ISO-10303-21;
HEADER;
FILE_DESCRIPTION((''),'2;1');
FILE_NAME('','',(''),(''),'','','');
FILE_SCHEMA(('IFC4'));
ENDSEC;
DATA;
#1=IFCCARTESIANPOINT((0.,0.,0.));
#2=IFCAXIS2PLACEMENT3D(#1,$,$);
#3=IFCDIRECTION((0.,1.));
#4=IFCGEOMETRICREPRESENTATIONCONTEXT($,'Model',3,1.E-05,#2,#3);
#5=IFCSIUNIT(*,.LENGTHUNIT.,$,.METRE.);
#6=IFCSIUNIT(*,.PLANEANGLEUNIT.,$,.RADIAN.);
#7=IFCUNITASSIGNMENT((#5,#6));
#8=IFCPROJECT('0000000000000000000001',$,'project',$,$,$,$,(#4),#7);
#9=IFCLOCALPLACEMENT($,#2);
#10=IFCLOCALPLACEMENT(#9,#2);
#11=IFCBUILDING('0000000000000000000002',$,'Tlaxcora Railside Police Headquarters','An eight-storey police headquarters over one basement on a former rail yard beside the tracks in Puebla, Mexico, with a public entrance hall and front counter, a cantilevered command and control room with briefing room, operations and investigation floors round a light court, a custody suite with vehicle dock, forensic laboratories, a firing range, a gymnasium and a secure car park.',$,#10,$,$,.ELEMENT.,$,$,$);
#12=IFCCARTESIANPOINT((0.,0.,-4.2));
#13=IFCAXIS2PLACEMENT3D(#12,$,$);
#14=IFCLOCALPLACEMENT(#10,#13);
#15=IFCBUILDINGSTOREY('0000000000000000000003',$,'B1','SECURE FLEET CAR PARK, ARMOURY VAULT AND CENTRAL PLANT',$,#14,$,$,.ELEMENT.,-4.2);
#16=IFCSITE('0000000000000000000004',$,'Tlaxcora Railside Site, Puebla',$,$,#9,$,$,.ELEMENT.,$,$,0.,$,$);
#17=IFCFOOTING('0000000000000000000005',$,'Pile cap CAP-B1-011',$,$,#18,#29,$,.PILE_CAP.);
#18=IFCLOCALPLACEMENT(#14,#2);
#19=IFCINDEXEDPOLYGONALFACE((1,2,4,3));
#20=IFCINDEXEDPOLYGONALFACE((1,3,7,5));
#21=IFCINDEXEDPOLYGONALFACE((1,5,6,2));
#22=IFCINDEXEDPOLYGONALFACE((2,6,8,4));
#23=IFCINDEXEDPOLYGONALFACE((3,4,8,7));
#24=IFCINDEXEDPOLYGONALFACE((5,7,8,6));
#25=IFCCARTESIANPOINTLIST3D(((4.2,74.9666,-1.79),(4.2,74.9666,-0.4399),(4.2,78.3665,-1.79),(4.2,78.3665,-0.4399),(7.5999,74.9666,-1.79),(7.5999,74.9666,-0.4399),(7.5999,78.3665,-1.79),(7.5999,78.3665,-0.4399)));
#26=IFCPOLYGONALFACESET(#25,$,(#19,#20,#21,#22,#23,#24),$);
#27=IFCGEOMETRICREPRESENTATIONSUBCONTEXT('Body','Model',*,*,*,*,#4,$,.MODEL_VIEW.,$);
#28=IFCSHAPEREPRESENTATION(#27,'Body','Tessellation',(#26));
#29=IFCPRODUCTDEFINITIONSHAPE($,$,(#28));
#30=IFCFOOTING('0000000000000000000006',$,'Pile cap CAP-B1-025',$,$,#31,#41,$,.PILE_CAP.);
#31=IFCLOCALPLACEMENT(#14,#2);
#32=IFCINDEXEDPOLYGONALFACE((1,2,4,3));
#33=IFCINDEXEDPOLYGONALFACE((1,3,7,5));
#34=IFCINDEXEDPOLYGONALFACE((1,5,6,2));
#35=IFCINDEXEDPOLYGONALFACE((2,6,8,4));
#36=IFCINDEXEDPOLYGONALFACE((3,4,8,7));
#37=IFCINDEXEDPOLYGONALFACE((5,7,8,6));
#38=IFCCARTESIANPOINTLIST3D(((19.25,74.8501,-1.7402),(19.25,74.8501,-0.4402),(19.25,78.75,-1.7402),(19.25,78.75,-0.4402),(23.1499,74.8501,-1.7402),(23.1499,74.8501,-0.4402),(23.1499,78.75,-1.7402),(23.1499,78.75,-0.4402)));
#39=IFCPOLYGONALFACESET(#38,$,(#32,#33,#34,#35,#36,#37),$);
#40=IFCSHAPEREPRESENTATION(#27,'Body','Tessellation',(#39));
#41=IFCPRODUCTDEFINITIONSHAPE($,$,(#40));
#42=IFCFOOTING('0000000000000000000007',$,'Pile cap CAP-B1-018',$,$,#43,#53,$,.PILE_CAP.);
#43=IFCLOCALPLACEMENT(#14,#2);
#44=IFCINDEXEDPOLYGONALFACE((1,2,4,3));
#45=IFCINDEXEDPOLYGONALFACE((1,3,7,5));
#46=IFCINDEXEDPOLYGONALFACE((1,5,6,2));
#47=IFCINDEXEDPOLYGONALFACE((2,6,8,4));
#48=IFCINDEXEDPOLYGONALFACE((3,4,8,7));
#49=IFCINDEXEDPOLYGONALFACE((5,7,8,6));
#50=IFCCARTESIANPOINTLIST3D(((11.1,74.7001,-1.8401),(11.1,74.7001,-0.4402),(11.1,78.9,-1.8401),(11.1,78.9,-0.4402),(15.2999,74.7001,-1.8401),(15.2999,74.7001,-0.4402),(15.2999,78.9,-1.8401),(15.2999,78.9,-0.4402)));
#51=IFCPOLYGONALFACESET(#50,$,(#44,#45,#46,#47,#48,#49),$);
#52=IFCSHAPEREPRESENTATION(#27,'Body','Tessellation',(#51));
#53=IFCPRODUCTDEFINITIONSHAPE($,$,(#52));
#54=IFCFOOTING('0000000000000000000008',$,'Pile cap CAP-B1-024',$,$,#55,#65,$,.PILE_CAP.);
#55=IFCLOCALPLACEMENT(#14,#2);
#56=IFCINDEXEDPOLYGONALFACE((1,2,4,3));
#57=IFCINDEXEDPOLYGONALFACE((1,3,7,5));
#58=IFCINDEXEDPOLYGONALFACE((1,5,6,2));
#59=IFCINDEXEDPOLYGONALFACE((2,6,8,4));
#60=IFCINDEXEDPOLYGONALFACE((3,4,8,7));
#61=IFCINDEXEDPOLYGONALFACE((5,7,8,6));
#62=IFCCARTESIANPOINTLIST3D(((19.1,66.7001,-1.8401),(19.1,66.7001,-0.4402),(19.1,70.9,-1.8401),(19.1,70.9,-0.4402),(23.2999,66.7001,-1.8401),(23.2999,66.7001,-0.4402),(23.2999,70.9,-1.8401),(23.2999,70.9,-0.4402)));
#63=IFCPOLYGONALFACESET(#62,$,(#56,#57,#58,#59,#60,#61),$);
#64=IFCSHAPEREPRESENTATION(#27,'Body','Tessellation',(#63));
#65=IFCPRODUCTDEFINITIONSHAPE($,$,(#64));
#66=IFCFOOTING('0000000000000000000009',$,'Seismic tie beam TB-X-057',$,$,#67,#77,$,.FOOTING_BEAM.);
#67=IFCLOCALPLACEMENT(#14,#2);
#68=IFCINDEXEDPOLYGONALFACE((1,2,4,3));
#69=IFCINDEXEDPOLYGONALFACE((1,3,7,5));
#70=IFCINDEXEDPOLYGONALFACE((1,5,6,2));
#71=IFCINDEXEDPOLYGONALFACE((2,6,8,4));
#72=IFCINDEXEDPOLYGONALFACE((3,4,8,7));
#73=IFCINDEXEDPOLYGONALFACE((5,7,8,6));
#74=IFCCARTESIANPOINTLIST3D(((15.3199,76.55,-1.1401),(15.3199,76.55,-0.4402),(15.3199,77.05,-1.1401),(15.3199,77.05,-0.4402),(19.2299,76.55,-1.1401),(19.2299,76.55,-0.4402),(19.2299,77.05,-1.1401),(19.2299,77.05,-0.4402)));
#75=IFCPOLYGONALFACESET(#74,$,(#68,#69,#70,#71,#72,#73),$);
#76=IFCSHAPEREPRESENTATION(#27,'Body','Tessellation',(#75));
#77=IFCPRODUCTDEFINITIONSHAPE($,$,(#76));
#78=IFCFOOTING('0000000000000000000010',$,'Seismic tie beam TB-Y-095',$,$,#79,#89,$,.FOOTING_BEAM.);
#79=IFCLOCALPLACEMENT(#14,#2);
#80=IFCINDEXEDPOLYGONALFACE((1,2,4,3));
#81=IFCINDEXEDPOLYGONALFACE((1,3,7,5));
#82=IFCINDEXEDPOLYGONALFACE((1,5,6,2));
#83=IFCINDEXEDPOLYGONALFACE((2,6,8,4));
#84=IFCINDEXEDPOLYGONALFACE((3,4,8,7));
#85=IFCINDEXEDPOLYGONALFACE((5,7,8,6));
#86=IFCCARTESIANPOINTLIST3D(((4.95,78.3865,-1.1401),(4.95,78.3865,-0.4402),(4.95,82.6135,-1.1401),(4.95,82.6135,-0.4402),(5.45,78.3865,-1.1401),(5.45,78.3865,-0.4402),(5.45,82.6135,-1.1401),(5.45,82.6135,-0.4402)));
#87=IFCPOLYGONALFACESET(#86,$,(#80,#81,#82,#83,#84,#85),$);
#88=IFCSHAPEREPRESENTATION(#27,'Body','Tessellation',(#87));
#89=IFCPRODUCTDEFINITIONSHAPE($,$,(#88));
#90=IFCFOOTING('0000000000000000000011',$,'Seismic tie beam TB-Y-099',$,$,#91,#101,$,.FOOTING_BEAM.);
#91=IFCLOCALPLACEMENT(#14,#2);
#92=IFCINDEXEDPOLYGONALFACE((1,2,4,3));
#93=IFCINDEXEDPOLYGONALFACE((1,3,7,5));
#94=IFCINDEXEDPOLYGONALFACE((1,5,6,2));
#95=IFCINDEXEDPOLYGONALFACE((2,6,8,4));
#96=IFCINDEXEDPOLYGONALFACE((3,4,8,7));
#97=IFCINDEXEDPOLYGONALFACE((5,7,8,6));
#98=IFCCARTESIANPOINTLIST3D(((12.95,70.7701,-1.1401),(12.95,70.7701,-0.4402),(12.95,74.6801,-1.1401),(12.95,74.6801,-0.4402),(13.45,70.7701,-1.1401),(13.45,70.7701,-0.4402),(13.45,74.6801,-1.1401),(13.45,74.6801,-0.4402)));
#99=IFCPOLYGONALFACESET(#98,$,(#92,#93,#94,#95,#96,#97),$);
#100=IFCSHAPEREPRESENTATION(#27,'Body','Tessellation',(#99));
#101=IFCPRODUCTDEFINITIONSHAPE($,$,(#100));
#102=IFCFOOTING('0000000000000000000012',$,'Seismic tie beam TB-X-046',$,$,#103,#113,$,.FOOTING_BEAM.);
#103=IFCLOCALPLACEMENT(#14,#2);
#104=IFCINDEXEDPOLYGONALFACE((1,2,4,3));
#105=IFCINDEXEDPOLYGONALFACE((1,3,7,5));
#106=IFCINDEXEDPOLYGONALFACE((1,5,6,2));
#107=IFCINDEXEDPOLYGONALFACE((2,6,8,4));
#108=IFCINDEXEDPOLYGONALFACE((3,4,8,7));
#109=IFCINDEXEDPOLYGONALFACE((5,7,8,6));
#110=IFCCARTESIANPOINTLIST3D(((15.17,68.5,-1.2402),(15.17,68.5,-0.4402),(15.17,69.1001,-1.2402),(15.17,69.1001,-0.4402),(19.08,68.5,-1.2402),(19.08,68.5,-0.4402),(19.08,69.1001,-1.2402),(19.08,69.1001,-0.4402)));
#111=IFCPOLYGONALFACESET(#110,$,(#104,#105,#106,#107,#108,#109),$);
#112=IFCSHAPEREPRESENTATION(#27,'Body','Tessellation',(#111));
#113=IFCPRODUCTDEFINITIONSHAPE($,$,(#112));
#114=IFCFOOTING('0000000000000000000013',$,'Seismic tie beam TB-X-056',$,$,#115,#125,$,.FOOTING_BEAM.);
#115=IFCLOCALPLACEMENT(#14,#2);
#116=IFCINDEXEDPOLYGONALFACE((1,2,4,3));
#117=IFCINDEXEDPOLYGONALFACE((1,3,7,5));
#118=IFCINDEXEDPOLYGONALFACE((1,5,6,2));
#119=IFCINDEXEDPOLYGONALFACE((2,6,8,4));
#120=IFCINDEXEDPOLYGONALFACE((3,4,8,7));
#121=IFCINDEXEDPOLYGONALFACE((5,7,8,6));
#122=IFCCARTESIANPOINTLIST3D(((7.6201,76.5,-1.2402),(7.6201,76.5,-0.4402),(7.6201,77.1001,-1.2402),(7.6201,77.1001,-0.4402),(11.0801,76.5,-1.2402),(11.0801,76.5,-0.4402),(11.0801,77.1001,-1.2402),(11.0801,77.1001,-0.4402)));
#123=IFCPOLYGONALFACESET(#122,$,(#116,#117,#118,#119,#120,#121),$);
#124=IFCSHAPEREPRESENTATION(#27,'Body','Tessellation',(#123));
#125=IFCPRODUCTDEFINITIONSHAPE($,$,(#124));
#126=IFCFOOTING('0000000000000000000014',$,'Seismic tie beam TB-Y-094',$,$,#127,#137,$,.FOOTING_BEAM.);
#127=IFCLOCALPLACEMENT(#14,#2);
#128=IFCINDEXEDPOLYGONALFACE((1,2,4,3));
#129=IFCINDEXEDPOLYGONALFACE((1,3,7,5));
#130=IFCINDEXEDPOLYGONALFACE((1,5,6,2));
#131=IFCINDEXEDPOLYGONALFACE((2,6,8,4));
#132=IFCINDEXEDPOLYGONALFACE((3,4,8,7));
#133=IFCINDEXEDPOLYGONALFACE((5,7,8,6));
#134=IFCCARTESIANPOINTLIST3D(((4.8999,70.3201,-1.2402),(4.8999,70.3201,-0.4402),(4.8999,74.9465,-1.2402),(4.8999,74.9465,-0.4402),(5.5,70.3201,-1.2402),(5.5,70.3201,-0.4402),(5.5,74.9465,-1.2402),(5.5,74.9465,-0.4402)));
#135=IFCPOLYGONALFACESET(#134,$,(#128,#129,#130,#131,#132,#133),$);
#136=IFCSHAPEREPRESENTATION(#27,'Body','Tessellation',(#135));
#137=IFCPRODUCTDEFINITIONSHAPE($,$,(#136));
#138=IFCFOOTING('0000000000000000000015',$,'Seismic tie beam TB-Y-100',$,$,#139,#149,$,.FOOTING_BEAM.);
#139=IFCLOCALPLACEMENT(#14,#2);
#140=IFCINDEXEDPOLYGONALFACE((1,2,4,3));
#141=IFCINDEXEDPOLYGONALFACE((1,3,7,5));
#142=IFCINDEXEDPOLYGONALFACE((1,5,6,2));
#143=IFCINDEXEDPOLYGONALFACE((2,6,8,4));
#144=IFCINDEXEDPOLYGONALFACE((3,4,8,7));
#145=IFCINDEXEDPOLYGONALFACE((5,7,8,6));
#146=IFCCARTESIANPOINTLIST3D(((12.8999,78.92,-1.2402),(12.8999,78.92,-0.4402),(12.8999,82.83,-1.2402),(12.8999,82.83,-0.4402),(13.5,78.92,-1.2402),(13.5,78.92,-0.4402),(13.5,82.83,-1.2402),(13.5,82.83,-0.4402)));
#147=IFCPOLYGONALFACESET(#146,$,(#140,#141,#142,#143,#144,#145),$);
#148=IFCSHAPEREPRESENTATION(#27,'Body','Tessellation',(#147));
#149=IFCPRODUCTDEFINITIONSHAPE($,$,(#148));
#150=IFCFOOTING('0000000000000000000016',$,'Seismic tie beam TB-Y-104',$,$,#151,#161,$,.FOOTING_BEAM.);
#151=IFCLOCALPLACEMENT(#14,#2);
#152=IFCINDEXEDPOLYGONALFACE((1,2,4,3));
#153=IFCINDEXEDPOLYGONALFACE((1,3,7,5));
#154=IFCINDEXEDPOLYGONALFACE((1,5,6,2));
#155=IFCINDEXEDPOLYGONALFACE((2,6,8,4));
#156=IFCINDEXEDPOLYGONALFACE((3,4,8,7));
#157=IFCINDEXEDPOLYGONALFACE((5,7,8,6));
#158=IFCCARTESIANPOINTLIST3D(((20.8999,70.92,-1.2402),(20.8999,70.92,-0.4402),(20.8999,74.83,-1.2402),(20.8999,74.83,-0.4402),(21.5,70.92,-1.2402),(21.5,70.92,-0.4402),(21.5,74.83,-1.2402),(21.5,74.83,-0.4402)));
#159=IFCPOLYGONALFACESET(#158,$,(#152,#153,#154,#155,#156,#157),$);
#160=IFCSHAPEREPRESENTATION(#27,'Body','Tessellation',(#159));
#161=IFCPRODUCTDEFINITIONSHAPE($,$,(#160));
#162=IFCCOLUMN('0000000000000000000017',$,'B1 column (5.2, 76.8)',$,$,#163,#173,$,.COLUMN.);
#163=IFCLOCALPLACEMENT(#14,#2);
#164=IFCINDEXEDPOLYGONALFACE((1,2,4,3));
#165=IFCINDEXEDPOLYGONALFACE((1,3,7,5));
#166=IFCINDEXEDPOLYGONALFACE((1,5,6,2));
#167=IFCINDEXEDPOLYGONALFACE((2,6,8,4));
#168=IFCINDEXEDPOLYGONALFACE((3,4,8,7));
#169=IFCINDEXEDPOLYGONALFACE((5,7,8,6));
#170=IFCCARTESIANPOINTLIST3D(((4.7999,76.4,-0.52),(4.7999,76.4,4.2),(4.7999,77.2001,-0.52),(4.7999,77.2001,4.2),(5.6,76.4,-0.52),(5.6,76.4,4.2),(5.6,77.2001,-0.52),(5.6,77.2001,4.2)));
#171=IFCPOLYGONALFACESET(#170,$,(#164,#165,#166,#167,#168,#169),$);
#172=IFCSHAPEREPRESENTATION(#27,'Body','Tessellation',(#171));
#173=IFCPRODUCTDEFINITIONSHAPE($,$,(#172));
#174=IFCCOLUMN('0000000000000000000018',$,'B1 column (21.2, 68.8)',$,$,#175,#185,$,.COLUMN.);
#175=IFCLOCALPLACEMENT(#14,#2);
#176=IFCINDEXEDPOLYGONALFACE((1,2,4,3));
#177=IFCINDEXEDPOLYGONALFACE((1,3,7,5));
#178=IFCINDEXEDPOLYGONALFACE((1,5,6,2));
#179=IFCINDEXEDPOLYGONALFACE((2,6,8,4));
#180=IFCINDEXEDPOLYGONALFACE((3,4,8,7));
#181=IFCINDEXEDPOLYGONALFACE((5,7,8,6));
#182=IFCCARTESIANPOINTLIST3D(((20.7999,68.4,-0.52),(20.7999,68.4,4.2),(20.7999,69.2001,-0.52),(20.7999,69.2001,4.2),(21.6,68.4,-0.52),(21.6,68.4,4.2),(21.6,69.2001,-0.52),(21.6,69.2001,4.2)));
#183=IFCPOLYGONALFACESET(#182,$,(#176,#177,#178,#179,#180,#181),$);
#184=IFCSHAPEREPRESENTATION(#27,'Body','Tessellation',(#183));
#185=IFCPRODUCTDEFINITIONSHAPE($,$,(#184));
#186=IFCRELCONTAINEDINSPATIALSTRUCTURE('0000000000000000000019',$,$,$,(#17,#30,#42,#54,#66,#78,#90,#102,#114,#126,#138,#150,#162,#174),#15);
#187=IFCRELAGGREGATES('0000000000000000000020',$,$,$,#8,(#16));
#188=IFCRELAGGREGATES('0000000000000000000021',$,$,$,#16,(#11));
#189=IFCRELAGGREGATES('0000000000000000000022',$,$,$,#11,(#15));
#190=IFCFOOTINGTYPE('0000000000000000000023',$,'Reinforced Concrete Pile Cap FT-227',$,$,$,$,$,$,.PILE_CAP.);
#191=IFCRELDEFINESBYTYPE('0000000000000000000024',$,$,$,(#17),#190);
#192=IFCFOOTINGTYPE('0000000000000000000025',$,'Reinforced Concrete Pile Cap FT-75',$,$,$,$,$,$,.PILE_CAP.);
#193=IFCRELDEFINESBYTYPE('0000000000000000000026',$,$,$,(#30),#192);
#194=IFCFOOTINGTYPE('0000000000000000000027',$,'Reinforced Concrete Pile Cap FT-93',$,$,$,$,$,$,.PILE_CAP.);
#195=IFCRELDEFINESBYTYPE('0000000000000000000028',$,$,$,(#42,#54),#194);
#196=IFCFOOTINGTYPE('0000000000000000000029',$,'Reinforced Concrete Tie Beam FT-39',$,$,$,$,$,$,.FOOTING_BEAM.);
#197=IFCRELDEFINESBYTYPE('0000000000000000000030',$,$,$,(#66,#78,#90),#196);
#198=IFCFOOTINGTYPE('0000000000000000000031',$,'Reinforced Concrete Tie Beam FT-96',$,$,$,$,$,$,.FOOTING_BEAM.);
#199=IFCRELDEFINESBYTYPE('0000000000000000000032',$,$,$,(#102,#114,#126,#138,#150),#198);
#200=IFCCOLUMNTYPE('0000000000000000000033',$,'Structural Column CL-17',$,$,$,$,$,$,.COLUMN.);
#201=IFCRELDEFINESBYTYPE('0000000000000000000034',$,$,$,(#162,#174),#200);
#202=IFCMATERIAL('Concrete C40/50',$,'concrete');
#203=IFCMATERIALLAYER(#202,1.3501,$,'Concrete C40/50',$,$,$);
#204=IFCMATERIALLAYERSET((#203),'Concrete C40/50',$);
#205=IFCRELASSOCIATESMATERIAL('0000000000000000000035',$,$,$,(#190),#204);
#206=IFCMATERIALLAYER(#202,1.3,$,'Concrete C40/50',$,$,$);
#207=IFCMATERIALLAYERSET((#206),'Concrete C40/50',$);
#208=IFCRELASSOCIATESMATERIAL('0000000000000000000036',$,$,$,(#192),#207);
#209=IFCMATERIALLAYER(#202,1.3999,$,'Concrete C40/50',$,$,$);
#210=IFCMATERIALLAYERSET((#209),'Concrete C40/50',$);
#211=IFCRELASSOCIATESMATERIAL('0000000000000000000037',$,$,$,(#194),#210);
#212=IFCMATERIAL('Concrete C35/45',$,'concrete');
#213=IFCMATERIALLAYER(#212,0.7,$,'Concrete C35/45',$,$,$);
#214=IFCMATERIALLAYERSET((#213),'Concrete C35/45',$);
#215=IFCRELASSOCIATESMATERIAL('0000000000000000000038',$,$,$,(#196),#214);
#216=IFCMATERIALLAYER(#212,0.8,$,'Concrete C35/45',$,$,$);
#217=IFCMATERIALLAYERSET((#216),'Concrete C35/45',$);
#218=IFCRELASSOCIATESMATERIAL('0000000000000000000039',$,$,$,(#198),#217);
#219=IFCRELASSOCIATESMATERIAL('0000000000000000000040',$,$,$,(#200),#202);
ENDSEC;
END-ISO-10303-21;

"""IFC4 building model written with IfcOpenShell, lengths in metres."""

from ifc_helpers import new_model, si_unit, direction, frame, origin, origin_2d, place, context, subcontext, project, spatial, rectangle, extrude, material, layer, layer_set, material_profile, profile_set, type_object, element, save


model = new_model("IFC4")

# Units and contexts
model_context = context("Model", 3, precision=1e-05, world=origin(), true_north=direction((0.0, 1.0)))
body_context = subcontext(model_context, "Body", "Model", "MODEL_VIEW")
ifc_project = project(units=[si_unit("LENGTHUNIT", "METRE"), si_unit("PLANEANGLEUNIT", "RADIAN")], contexts=[model_context])

# Site, building, storey
site_placement = place(None, origin())
site = spatial("IfcSite", under=ifc_project, at=site_placement, Name="Tlaxcora Railside Site, Puebla", CompositionType="ELEMENT", RefElevation=0.0)
building_placement = place(site_placement, origin())
building = spatial("IfcBuilding", under=site, at=building_placement, Name="Tlaxcora Railside Police Headquarters", Description="An eight-storey police headquarters over one basement on a former rail yard beside the tracks in Puebla, Mexico, with a public entrance hall and front counter, a cantilevered command and control room with briefing room, operations and investigation floors round a light court, a custody suite with vehicle dock, forensic laboratories, a firing range, a gymnasium and a secure car park.", CompositionType="ELEMENT")
storey_placement = place(building_placement, frame((0.0, 0.0, -4.2)))
storey = spatial("IfcBuildingStorey", under=building, at=storey_placement, Name="B1", Description="SECURE FLEET CAR PARK, ARMOURY VAULT AND CENTRAL PLANT", CompositionType="ELEMENT", Elevation=-4.2)

# Shared definitions
ifc_material_1 = material(Name="Concrete C35/45", Category="concrete")

# Footings
ifc_material_2 = material(Name="Concrete C40/50", Category="concrete")
ifc_layer_1 = layer(ifc_material_2, 1.3501, Name="Concrete C40/50")
ifc_layer_set_1 = layer_set([ifc_layer_1], Name="Concrete C40/50")
footing_type_1 = type_object("IfcFootingType", Name="Reinforced Concrete Pile Cap FT-227", PredefinedType="PILE_CAP", material=ifc_layer_set_1)
footing_1_placement = place(storey_placement, frame((5.8999, 76.6665, -1.79), z_axis=(0.0, 0.0, 1.0), x_axis=(1.0, 0.0, 0.0)))
element("IfcFooting", 1, at=footing_1_placement, inside=storey, type_object=footing_type_1, Name="Pile cap CAP-B1-011", PredefinedType="PILE_CAP", context=body_context, shape_type="SweptSolid", body=[
    extrude(rectangle(XDim=3.3999, YDim=3.3999, at=origin_2d()), origin(), (0.0, 0.0, 1.0), 1.3501),
])
ifc_layer_2 = layer(ifc_material_2, 1.3, Name="Concrete C40/50")
ifc_layer_set_2 = layer_set([ifc_layer_2], Name="Concrete C40/50")
footing_type_2 = type_object("IfcFootingType", Name="Reinforced Concrete Pile Cap FT-75", PredefinedType="PILE_CAP", material=ifc_layer_set_2)
footing_2_placement = place(storey_placement, frame((21.2, 76.8, -1.7402), z_axis=(0.0, 0.0, 1.0), x_axis=(1.0, 0.0, 0.0)))
element("IfcFooting", 2, at=footing_2_placement, inside=storey, type_object=footing_type_2, Name="Pile cap CAP-B1-025", PredefinedType="PILE_CAP", context=body_context, shape_type="SweptSolid", body=[
    extrude(rectangle(XDim=3.8999, YDim=3.8999, at=origin_2d()), origin(), (0.0, 0.0, 1.0), 1.3),
])
ifc_layer_3 = layer(ifc_material_2, 1.3999, Name="Concrete C40/50")
ifc_layer_set_3 = layer_set([ifc_layer_3], Name="Concrete C40/50")
footing_type_3 = type_object("IfcFootingType", Name="Reinforced Concrete Pile Cap FT-93", PredefinedType="PILE_CAP", material=ifc_layer_set_3)
for number, where, z_axis, x_axis, name in (
    (3, (13.2, 76.8, -1.8401), (0.0, 0.0, 1.0), (1.0, 0.0, 0.0), "Pile cap CAP-B1-018"),
    (4, (21.2, 68.8, -1.8401), (0.0, 0.0, 1.0), (1.0, 0.0, 0.0), "Pile cap CAP-B1-024"),
):
    element("IfcFooting", number, at=place(storey_placement, frame(where, z_axis=z_axis, x_axis=x_axis)), inside=storey, type_object=footing_type_3, Name=name, PredefinedType="PILE_CAP", context=body_context, shape_type="SweptSolid", body=[
        extrude(rectangle(XDim=4.2, YDim=4.2, at=origin_2d()), origin(), (0.0, 0.0, 1.0), 1.3999),
    ])
ifc_layer_4 = layer(ifc_material_1, 0.7, Name="Concrete C35/45")
ifc_layer_set_4 = layer_set([ifc_layer_4], Name="Concrete C35/45")
footing_type_4 = type_object("IfcFootingType", Name="Reinforced Concrete Tie Beam FT-39", PredefinedType="FOOTING_BEAM", material=ifc_layer_set_4)
footing_3_placement = place(storey_placement, frame((17.2749, 76.8, -1.1401), z_axis=(0.0, 0.0, 1.0), x_axis=(1.0, 0.0, 0.0)))
element("IfcFooting", 5, at=footing_3_placement, inside=storey, type_object=footing_type_4, Name="Seismic tie beam TB-X-057", PredefinedType="FOOTING_BEAM", context=body_context, shape_type="SweptSolid", body=[
    extrude(rectangle(XDim=3.9099, YDim=0.5, at=origin_2d()), origin(), (0.0, 0.0, 1.0), 0.7),
])
footing_4_placement = place(storey_placement, frame((5.2, 80.5, -1.1401), z_axis=(0.0, 0.0, 1.0), x_axis=(0.0, 1.0, 0.0)))
element("IfcFooting", 6, at=footing_4_placement, inside=storey, type_object=footing_type_4, Name="Seismic tie beam TB-Y-095", PredefinedType="FOOTING_BEAM", context=body_context, shape_type="SweptSolid", body=[
    extrude(rectangle(XDim=4.2271, YDim=0.5, at=origin_2d()), origin(), (0.0, 0.0, 1.0), 0.7),
])
footing_5_placement = place(storey_placement, frame((13.2, 72.7251, -1.1401), z_axis=(0.0, 0.0, 1.0), x_axis=(0.0, 1.0, 0.0)))
element("IfcFooting", 7, at=footing_5_placement, inside=storey, type_object=footing_type_4, Name="Seismic tie beam TB-Y-099", PredefinedType="FOOTING_BEAM", context=body_context, shape_type="SweptSolid", body=[
    extrude(rectangle(XDim=3.9099, YDim=0.5, at=origin_2d()), origin(), (0.0, 0.0, 1.0), 0.7),
])
ifc_layer_5 = layer(ifc_material_1, 0.8, Name="Concrete C35/45")
ifc_layer_set_5 = layer_set([ifc_layer_5], Name="Concrete C35/45")
footing_type_5 = type_object("IfcFootingType", Name="Reinforced Concrete Tie Beam FT-96", PredefinedType="FOOTING_BEAM", material=ifc_layer_set_5)
footing_6_placement = place(storey_placement, frame((17.125, 68.8, -1.2402), z_axis=(0.0, 0.0, 1.0), x_axis=(1.0, 0.0, 0.0)))
element("IfcFooting", 8, at=footing_6_placement, inside=storey, type_object=footing_type_5, Name="Seismic tie beam TB-X-046", PredefinedType="FOOTING_BEAM", context=body_context, shape_type="SweptSolid", body=[
    extrude(rectangle(XDim=3.9099, YDim=0.6001, at=origin_2d()), origin(), (0.0, 0.0, 1.0), 0.8),
])
footing_7_placement = place(storey_placement, frame((9.3501, 76.8, -1.2402), z_axis=(0.0, 0.0, 1.0), x_axis=(1.0, 0.0, 0.0)))
element("IfcFooting", 9, at=footing_7_placement, inside=storey, type_object=footing_type_5, Name="Seismic tie beam TB-X-056", PredefinedType="FOOTING_BEAM", context=body_context, shape_type="SweptSolid", body=[
    extrude(rectangle(XDim=3.46, YDim=0.6001, at=origin_2d()), origin(), (0.0, 0.0, 1.0), 0.8),
])
footing_8_placement = place(storey_placement, frame((5.2, 72.6333, -1.2402), z_axis=(0.0, 0.0, 1.0), x_axis=(0.0, 1.0, 0.0)))
element("IfcFooting", 10, at=footing_8_placement, inside=storey, type_object=footing_type_5, Name="Seismic tie beam TB-Y-094", PredefinedType="FOOTING_BEAM", context=body_context, shape_type="SweptSolid", body=[
    extrude(rectangle(XDim=4.6265, YDim=0.6001, at=origin_2d()), origin(), (0.0, 0.0, 1.0), 0.8),
])
for number, where, z_axis, x_axis, name in (
    (11, (13.2, 80.875, -1.2402), (0.0, 0.0, 1.0), (0.0, 1.0, 0.0), "Seismic tie beam TB-Y-100"),
    (12, (21.2, 72.875, -1.2402), (0.0, 0.0, 1.0), (0.0, 1.0, 0.0), "Seismic tie beam TB-Y-104"),
):
    element("IfcFooting", number, at=place(storey_placement, frame(where, z_axis=z_axis, x_axis=x_axis)), inside=storey, type_object=footing_type_5, Name=name, PredefinedType="FOOTING_BEAM", context=body_context, shape_type="SweptSolid", body=[
        extrude(rectangle(XDim=3.9099, YDim=0.6001, at=origin_2d()), origin(), (0.0, 0.0, 1.0), 0.8),
    ])

# Columns
ifc_material_profile_1 = material_profile(ifc_material_2, rectangle(XDim=0.8, YDim=0.8, at=origin_2d()), Name="RC800X800")
ifc_profile_set_1 = profile_set([ifc_material_profile_1], Name="Concrete C40/50")
column_type_1 = type_object("IfcColumnType", Name="Structural Column CL-17", PredefinedType="COLUMN", material=ifc_profile_set_1)
for number, where, z_axis, x_axis, name in (
    (13, (5.2, 76.8, -0.52), (0.0, 0.0, 1.0), (1.0, 0.0, 0.0), "B1 column (5.2, 76.8)"),
    (14, (21.2, 68.8, -0.52), (0.0, 0.0, 1.0), (1.0, 0.0, 0.0), "B1 column (21.2, 68.8)"),
):
    element("IfcColumn", number, at=place(storey_placement, frame(where, z_axis=z_axis, x_axis=x_axis)), inside=storey, type_object=column_type_1, Name=name, PredefinedType="COLUMN", context=body_context, shape_type="SweptSolid", body=[
        extrude(rectangle(XDim=0.8, YDim=0.8, at=origin_2d()), origin(), (0.0, 0.0, 1.0), 4.72),
    ])

save(model, "model.ifc")
